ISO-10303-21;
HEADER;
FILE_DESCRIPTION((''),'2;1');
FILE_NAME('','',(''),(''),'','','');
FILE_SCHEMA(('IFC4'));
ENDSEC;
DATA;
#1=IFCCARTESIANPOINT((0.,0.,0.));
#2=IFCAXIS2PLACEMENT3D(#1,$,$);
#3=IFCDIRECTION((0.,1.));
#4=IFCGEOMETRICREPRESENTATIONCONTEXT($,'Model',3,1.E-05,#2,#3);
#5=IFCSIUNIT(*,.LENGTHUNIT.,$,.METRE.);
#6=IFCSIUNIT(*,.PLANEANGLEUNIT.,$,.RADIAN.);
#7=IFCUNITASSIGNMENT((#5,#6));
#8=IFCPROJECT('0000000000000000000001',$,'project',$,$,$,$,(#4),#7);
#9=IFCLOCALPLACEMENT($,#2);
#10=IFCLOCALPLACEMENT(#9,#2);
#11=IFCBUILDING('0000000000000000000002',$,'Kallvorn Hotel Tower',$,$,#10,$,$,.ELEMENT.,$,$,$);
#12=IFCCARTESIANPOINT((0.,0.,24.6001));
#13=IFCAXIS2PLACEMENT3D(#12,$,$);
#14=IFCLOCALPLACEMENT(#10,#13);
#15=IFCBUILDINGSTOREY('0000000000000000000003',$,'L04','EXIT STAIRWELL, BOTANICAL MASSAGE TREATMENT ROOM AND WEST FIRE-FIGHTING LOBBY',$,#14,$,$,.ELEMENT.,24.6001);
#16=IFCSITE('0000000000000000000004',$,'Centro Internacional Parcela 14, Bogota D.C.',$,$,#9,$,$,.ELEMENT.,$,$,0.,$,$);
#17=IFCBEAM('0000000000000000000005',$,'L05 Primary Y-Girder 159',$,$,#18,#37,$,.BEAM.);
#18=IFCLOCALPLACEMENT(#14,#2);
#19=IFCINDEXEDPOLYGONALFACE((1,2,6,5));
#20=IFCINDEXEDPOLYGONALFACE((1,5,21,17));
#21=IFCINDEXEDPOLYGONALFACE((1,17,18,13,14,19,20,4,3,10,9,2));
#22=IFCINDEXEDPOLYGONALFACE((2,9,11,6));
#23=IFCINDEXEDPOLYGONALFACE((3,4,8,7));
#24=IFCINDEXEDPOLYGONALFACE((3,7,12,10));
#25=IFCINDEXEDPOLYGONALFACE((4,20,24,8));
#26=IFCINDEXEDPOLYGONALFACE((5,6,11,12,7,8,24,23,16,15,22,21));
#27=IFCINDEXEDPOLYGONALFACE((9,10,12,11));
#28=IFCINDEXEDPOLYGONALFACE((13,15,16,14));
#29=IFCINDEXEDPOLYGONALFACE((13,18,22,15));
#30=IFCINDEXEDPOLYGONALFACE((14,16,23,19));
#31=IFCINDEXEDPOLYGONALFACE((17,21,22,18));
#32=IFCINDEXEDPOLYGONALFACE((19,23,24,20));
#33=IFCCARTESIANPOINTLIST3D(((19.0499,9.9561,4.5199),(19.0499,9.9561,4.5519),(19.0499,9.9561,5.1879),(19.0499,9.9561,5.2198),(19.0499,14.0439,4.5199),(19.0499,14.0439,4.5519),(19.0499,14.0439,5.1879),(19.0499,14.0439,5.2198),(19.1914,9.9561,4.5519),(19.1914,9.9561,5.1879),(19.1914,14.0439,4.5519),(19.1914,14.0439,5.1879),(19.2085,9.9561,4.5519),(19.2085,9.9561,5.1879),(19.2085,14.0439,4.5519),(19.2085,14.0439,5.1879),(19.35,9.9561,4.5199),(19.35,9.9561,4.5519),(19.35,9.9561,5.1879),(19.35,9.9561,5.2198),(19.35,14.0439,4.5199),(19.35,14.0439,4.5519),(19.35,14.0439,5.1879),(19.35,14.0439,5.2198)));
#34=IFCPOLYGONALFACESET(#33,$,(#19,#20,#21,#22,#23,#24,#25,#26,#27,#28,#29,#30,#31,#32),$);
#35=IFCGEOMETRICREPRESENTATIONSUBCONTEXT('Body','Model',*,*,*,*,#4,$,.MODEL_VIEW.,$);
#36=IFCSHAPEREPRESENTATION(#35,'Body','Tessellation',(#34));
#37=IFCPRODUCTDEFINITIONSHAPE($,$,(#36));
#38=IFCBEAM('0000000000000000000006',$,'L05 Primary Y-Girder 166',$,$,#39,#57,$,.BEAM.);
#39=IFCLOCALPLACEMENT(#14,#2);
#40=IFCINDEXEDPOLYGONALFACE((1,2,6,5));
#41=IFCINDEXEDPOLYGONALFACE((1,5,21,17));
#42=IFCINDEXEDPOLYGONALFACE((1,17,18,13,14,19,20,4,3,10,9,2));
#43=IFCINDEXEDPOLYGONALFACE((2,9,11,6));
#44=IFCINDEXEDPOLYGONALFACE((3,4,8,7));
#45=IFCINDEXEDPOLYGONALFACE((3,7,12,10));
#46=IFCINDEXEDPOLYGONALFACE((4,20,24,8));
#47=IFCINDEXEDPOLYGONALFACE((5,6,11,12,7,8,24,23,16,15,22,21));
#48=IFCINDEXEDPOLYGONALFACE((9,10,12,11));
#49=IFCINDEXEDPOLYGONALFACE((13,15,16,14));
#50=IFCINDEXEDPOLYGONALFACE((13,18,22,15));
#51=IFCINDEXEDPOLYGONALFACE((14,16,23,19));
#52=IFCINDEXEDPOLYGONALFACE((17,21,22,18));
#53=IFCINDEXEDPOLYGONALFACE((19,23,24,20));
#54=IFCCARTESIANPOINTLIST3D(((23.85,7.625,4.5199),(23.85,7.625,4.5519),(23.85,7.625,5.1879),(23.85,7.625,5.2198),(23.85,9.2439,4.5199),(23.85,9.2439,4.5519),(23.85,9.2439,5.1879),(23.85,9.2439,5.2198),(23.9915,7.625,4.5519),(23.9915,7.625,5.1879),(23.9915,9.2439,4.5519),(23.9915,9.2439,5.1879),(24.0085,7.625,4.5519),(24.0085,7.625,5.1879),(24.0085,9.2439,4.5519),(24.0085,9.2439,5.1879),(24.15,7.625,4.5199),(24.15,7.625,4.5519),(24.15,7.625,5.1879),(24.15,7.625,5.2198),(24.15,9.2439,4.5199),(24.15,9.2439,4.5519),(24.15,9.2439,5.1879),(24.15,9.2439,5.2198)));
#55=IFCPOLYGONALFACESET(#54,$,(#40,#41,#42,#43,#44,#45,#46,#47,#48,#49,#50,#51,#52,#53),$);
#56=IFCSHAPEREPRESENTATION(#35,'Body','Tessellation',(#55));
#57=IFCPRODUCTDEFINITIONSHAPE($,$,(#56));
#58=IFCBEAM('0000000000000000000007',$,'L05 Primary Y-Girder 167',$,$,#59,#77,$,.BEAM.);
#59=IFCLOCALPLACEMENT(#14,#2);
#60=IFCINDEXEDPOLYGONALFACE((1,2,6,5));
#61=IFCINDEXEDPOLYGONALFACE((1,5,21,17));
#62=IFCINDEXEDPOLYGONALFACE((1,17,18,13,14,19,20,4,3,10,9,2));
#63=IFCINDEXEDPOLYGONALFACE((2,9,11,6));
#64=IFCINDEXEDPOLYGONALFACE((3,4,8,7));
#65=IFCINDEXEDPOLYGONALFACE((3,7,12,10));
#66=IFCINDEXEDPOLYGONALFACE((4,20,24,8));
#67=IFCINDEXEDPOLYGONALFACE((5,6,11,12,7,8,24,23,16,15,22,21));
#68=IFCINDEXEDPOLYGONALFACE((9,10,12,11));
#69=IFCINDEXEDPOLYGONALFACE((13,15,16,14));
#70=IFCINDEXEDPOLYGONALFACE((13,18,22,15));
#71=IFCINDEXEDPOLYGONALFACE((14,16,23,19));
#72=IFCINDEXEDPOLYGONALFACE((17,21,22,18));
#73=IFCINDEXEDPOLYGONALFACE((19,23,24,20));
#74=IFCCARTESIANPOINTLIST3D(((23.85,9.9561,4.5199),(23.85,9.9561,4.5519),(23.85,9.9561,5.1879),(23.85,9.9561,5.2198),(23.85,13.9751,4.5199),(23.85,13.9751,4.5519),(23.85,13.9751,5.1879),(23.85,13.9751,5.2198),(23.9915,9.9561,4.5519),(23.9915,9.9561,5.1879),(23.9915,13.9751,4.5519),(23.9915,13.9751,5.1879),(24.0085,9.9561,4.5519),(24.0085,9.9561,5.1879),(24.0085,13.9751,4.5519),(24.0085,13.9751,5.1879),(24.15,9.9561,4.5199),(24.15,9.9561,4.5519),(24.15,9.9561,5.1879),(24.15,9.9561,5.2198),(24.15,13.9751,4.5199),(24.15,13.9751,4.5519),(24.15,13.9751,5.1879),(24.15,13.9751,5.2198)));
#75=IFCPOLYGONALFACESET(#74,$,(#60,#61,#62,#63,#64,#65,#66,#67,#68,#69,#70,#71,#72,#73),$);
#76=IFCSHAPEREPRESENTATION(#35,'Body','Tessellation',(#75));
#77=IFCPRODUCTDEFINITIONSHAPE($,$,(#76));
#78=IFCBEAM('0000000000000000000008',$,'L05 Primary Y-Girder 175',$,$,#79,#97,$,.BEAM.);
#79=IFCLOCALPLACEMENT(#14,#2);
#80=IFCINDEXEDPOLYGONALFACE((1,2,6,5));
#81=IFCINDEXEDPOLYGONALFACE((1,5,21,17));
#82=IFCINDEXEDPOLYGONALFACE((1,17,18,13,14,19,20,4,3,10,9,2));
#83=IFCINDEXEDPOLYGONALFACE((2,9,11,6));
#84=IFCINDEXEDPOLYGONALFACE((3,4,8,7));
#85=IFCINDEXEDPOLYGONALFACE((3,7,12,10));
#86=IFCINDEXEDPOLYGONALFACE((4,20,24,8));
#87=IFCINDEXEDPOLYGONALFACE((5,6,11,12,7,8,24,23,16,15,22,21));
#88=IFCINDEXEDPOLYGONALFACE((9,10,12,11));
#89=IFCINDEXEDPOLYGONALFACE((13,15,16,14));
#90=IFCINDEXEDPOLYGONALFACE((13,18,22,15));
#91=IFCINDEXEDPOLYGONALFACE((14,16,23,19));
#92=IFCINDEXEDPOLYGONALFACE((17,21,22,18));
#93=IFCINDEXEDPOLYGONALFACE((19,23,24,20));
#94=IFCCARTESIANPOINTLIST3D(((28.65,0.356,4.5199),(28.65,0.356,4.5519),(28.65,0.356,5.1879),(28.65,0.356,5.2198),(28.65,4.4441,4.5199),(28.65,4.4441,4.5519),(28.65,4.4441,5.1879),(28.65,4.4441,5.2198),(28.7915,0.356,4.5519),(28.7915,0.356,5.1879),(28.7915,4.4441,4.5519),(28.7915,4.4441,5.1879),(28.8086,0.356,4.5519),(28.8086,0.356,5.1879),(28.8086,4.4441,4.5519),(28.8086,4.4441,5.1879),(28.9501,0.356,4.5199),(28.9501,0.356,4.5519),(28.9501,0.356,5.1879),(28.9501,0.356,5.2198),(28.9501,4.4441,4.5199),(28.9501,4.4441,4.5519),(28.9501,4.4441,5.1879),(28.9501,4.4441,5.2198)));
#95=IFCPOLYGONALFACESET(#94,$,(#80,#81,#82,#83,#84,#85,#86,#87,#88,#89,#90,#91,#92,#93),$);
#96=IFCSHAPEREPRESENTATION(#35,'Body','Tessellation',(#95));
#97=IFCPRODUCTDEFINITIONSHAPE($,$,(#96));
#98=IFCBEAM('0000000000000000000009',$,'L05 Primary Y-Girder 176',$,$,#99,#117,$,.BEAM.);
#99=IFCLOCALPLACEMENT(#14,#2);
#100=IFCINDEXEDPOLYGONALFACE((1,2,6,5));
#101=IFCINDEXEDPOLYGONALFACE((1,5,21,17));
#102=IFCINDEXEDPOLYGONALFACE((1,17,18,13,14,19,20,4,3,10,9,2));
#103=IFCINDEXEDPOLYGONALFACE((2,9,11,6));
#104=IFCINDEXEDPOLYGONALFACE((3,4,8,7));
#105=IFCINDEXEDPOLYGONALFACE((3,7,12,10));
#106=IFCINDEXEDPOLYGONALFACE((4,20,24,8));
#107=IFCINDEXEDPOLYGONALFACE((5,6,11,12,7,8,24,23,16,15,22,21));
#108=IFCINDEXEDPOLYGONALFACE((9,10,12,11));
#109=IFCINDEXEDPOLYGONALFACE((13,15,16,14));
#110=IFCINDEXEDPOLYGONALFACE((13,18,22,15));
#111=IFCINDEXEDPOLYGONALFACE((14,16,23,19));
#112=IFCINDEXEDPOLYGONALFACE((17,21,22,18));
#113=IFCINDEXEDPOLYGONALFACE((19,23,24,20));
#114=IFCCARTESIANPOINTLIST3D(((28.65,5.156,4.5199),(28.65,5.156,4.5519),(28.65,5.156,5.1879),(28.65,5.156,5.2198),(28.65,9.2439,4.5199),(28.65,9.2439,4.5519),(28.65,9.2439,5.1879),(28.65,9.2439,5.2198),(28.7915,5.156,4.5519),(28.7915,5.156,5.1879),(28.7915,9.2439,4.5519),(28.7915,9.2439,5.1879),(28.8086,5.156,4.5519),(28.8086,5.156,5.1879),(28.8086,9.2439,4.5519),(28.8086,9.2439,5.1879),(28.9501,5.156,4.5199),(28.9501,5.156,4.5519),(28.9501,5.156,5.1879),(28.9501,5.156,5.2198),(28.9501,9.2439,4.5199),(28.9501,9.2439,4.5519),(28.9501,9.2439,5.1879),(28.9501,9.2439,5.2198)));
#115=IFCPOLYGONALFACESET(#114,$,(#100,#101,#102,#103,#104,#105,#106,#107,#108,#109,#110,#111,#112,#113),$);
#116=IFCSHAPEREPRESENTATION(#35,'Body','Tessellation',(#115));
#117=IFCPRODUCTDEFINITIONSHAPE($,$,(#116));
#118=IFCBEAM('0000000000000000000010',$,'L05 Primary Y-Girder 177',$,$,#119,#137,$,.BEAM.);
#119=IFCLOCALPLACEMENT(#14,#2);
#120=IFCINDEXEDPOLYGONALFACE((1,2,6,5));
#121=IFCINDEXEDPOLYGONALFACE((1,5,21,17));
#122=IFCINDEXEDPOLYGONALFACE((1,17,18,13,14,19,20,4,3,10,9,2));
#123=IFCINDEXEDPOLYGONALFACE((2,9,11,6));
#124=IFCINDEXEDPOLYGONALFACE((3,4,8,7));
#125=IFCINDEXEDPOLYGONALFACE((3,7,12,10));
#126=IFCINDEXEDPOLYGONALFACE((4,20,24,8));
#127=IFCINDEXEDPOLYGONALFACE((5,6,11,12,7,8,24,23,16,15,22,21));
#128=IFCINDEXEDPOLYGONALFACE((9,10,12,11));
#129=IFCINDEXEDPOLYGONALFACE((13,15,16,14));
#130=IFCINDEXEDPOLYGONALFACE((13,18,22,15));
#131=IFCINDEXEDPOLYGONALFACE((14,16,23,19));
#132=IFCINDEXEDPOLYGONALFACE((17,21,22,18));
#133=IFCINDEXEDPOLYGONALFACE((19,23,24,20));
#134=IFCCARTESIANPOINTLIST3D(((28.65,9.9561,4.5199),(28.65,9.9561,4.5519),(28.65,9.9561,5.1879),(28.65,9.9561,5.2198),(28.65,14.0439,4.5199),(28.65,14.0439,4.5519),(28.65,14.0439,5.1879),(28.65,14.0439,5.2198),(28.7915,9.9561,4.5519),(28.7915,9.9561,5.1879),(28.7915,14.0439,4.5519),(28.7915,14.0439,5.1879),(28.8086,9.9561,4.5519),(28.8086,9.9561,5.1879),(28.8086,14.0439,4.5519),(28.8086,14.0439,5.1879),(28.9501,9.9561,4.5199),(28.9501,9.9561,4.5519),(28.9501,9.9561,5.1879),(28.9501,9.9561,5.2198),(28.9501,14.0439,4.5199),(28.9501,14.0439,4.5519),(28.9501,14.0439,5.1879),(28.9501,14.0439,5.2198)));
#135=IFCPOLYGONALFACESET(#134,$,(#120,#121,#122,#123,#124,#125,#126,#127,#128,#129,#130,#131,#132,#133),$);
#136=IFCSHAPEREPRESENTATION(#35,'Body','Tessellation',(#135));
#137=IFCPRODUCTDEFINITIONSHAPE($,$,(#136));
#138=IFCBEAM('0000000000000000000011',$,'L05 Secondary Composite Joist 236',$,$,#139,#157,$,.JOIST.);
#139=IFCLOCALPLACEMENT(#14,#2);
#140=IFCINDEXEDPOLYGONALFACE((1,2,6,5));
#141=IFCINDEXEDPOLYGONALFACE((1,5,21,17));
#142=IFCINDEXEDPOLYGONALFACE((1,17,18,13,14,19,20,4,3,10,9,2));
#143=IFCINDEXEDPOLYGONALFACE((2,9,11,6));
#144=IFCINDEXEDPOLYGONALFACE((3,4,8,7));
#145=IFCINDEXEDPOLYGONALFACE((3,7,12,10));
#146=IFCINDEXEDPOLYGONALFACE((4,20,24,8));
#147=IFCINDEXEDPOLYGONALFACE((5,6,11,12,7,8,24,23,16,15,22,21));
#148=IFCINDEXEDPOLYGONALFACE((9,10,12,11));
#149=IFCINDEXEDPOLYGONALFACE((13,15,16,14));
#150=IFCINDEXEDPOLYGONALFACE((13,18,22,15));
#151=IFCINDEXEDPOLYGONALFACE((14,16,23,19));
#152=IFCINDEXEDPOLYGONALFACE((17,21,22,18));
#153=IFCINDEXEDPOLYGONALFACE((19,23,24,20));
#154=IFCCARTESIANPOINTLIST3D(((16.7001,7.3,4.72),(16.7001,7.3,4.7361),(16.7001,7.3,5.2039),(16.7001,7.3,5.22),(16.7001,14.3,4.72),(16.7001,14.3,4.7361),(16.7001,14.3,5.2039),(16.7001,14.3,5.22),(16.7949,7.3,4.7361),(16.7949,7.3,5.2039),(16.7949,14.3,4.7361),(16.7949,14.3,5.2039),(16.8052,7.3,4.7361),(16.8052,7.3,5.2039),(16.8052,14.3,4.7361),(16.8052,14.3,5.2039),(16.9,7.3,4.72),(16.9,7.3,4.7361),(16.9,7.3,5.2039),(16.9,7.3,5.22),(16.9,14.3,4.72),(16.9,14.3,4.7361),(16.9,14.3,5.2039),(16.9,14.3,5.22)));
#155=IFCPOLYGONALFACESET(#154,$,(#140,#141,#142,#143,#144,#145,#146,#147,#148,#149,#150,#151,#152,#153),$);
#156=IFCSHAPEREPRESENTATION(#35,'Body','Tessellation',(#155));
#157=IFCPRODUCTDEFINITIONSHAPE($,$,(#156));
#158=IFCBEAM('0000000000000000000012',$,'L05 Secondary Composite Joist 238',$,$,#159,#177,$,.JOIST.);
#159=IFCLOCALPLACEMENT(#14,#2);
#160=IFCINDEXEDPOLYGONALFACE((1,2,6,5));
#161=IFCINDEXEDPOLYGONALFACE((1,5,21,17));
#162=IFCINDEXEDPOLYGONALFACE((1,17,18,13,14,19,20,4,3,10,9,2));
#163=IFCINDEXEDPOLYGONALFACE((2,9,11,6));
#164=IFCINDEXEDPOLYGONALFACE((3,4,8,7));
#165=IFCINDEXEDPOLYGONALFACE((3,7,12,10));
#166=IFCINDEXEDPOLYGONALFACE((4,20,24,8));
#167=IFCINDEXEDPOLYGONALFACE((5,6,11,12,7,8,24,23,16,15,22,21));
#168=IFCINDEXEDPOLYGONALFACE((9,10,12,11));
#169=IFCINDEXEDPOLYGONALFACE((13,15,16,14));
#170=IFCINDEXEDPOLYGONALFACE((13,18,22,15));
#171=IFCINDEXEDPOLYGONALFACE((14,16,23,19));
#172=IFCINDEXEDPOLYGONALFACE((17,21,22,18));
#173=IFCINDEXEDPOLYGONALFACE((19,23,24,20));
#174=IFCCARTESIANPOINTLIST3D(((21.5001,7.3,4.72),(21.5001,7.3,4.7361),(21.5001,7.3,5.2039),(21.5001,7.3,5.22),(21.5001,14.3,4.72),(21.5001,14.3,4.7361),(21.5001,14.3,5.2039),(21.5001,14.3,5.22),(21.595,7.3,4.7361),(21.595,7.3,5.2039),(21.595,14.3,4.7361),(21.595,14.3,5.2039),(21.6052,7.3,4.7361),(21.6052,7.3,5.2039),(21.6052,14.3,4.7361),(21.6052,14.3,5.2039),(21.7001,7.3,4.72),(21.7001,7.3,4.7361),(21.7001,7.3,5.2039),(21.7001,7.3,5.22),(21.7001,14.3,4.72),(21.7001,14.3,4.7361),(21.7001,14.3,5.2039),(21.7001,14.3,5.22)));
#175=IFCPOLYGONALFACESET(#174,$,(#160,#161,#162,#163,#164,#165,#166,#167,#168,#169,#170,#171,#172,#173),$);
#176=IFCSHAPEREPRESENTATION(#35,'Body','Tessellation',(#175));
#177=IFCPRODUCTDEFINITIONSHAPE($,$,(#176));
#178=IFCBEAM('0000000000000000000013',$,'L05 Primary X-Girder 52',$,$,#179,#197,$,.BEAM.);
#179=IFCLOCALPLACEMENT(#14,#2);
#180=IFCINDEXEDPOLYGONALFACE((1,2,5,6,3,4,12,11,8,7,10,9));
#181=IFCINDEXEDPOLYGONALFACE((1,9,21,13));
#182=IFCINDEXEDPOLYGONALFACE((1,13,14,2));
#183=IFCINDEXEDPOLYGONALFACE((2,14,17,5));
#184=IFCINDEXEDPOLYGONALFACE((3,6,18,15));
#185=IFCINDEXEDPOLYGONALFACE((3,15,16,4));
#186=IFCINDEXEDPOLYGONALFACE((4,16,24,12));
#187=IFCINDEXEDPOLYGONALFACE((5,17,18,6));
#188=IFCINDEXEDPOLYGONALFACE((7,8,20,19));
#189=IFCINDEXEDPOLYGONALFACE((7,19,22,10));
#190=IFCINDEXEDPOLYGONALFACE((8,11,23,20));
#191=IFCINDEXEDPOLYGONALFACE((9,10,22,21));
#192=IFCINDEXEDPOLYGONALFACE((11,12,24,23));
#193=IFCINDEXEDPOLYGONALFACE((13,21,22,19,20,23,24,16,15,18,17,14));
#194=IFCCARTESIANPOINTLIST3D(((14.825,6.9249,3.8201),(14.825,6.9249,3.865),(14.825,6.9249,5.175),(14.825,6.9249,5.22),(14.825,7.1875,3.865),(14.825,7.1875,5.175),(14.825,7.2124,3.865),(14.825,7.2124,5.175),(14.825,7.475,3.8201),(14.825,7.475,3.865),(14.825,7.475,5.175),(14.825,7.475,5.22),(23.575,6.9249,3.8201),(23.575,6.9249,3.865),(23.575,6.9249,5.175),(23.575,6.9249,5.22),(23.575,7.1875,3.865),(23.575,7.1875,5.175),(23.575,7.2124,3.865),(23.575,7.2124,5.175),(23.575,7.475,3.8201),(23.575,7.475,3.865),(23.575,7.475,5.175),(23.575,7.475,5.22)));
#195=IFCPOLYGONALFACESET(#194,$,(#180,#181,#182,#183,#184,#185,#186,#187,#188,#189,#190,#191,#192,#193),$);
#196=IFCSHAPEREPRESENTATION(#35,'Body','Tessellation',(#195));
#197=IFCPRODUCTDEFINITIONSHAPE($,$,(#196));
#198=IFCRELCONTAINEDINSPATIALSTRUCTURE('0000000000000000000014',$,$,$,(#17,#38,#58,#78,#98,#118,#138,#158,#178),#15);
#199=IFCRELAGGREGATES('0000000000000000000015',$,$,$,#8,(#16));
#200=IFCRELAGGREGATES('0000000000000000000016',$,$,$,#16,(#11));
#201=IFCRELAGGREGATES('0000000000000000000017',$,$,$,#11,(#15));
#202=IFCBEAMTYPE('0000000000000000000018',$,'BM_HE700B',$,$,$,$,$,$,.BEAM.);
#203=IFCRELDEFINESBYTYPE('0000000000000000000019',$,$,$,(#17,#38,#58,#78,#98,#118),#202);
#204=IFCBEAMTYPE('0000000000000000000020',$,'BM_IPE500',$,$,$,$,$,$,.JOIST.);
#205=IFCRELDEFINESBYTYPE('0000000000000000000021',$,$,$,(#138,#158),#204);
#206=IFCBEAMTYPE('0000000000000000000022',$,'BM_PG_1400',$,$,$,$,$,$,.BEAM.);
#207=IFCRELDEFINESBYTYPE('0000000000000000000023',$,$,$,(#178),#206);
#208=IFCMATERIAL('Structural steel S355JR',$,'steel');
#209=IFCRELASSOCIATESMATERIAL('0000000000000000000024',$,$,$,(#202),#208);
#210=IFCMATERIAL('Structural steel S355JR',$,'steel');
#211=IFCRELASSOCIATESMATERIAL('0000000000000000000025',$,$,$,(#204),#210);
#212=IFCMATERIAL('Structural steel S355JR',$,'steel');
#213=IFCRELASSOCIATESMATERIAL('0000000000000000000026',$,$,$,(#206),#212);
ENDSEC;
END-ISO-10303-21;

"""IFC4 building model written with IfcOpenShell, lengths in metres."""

from ifc_helpers import new_model, si_unit, direction, frame, origin, origin_2d, place, context, subcontext, project, spatial, i_section, extrude, material, material_profile, profile_set, type_object, element, save


model = new_model("IFC4")

# Units and contexts
model_context = context("Model", 3, precision=1e-05, world=origin(), true_north=direction((0.0, 1.0)))
body_context = subcontext(model_context, "Body", "Model", "MODEL_VIEW")
ifc_project = project(units=[si_unit("LENGTHUNIT", "METRE"), si_unit("PLANEANGLEUNIT", "RADIAN")], contexts=[model_context])

# Site, building, storey
site_placement = place(None, origin())
site = spatial("IfcSite", under=ifc_project, at=site_placement, Name="Centro Internacional Parcela 14, Bogota D.C.", CompositionType="ELEMENT", RefElevation=0.0)
building_placement = place(site_placement, origin())
building = spatial("IfcBuilding", under=site, at=building_placement, Name="Kallvorn Hotel Tower", CompositionType="ELEMENT")
storey_placement = place(building_placement, frame((0.0, 0.0, 24.6001)))
storey = spatial("IfcBuildingStorey", under=building, at=storey_placement, Name="L04", Description="EXIT STAIRWELL, BOTANICAL MASSAGE TREATMENT ROOM AND WEST FIRE-FIGHTING LOBBY", CompositionType="ELEMENT", Elevation=24.6001)

# Beams
ifc_material_1 = material(Name="Structural steel S355JR", Category="steel")
ifc_material_profile_1 = material_profile(ifc_material_1, i_section(OverallWidth=0.3, OverallDepth=0.7, WebThickness=0.0171, FlangeThickness=0.032, at=origin_2d()), Name="HE 700 B")
ifc_profile_set_1 = profile_set([ifc_material_profile_1], Name="Structural steel S355JR")
beam_type_1 = type_object("IfcBeamType", Name="BM_HE700B", PredefinedType="BEAM", material=ifc_profile_set_1)
beam_1_placement = place(storey_placement, frame((19.2, 9.9561, 4.8699), z_axis=(0.0, 1.0, 0.0), x_axis=(-1.0, 0.0, 0.0)))
element("IfcBeam", 1, at=beam_1_placement, inside=storey, type_object=beam_type_1, Name="L05 Primary Y-Girder 159", PredefinedType="BEAM", context=body_context, shape_type="SweptSolid", body=[
    extrude(i_section(OverallWidth=0.3, OverallDepth=0.7, WebThickness=0.0171, FlangeThickness=0.032, at=origin_2d()), origin(), (0.0, 0.0, 1.0), 4.0879),
])
beam_2_placement = place(storey_placement, frame((24.0, 7.625, 4.8699), z_axis=(0.0, 1.0, 0.0), x_axis=(-1.0, 0.0, 0.0)))
element("IfcBeam", 2, at=beam_2_placement, inside=storey, type_object=beam_type_1, Name="L05 Primary Y-Girder 166", PredefinedType="BEAM", context=body_context, shape_type="SweptSolid", body=[
    extrude(i_section(OverallWidth=0.3, OverallDepth=0.7, WebThickness=0.0171, FlangeThickness=0.032, at=origin_2d()), origin(), (0.0, 0.0, 1.0), 1.6189),
])
beam_3_placement = place(storey_placement, frame((24.0, 9.9561, 4.8699), z_axis=(0.0, 1.0, 0.0), x_axis=(-1.0, 0.0, 0.0)))
element("IfcBeam", 3, at=beam_3_placement, inside=storey, type_object=beam_type_1, Name="L05 Primary Y-Girder 167", PredefinedType="BEAM", context=body_context, shape_type="SweptSolid", body=[
    extrude(i_section(OverallWidth=0.3, OverallDepth=0.7, WebThickness=0.0171, FlangeThickness=0.032, at=origin_2d()), origin(), (0.0, 0.0, 1.0), 4.019),
])
beam_4_placement = place(storey_placement, frame((28.8, 0.356, 4.8699), z_axis=(0.0, 1.0, 0.0), x_axis=(-1.0, 0.0, 0.0)))
element("IfcBeam", 4, at=beam_4_placement, inside=storey, type_object=beam_type_1, Name="L05 Primary Y-Girder 175", PredefinedType="BEAM", context=body_context, shape_type="SweptSolid", body=[
    extrude(i_section(OverallWidth=0.3, OverallDepth=0.7, WebThickness=0.0171, FlangeThickness=0.032, at=origin_2d()), origin(), (0.0, 0.0, 1.0), 4.0881),
])
for number, where, z_axis, x_axis, name in (
    (5, (28.8, 5.156, 4.8699), (0.0, 1.0, 0.0), (-1.0, 0.0, 0.0), "L05 Primary Y-Girder 176"),
    (6, (28.8, 9.9561, 4.8699), (0.0, 1.0, 0.0), (-1.0, 0.0, 0.0), "L05 Primary Y-Girder 177"),
):
    element("IfcBeam", number, at=place(storey_placement, frame(where, z_axis=z_axis, x_axis=x_axis)), inside=storey, type_object=beam_type_1, Name=name, PredefinedType="BEAM", context=body_context, shape_type="SweptSolid", body=[
        extrude(i_section(OverallWidth=0.3, OverallDepth=0.7, WebThickness=0.0171, FlangeThickness=0.032, at=origin_2d()), origin(), (0.0, 0.0, 1.0), 4.0879),
    ])
ifc_material_2 = material(Name="Structural steel S355JR", Category="steel")
ifc_material_profile_2 = material_profile(ifc_material_2, i_section(OverallWidth=0.2, OverallDepth=0.5, WebThickness=0.0103, FlangeThickness=0.0161, at=origin_2d()), Name="IPE 500")
ifc_profile_set_2 = profile_set([ifc_material_profile_2], Name="Structural steel S355JR")
beam_type_2 = type_object("IfcBeamType", Name="BM_IPE500", PredefinedType="JOIST", material=ifc_profile_set_2)
for number, where, z_axis, x_axis, name in (
    (7, (16.8, 7.3, 4.97), (0.0, 1.0, 0.0), (-1.0, 0.0, 0.0), "L05 Secondary Composite Joist 236"),
    (8, (21.6001, 7.3, 4.97), (0.0, 1.0, 0.0), (-1.0, 0.0, 0.0), "L05 Secondary Composite Joist 238"),
):
    element("IfcBeam", number, at=place(storey_placement, frame(where, z_axis=z_axis, x_axis=x_axis)), inside=storey, type_object=beam_type_2, Name=name, PredefinedType="JOIST", context=body_context, shape_type="SweptSolid", body=[
        extrude(i_section(OverallWidth=0.2, OverallDepth=0.5, WebThickness=0.0103, FlangeThickness=0.0161, at=origin_2d()), origin(), (0.0, 0.0, 1.0), 7.0),
    ])
ifc_material_3 = material(Name="Structural steel S355JR", Category="steel")
ifc_material_profile_3 = material_profile(ifc_material_3, i_section(OverallWidth=0.55, OverallDepth=1.3999, WebThickness=0.0249, FlangeThickness=0.0449, at=origin_2d()), Name="PG 1400x550x25x45")
ifc_profile_set_3 = profile_set([ifc_material_profile_3], Name="Structural steel S355JR")
beam_type_3 = type_object("IfcBeamType", Name="BM_PG_1400", PredefinedType="BEAM", material=ifc_profile_set_3)
beam_5_placement = place(storey_placement, frame((14.825, 7.2, 4.52), z_axis=(1.0, 0.0, 0.0), x_axis=(0.0, 1.0, 0.0)))
element("IfcBeam", 9, at=beam_5_placement, inside=storey, type_object=beam_type_3, Name="L05 Primary X-Girder 52", PredefinedType="BEAM", context=body_context, shape_type="SweptSolid", body=[
    extrude(i_section(OverallWidth=0.55, OverallDepth=1.3999, WebThickness=0.0249, FlangeThickness=0.0449, at=origin_2d()), origin(), (0.0, 0.0, 1.0), 8.75),
])

save(model, "model.ifc")
